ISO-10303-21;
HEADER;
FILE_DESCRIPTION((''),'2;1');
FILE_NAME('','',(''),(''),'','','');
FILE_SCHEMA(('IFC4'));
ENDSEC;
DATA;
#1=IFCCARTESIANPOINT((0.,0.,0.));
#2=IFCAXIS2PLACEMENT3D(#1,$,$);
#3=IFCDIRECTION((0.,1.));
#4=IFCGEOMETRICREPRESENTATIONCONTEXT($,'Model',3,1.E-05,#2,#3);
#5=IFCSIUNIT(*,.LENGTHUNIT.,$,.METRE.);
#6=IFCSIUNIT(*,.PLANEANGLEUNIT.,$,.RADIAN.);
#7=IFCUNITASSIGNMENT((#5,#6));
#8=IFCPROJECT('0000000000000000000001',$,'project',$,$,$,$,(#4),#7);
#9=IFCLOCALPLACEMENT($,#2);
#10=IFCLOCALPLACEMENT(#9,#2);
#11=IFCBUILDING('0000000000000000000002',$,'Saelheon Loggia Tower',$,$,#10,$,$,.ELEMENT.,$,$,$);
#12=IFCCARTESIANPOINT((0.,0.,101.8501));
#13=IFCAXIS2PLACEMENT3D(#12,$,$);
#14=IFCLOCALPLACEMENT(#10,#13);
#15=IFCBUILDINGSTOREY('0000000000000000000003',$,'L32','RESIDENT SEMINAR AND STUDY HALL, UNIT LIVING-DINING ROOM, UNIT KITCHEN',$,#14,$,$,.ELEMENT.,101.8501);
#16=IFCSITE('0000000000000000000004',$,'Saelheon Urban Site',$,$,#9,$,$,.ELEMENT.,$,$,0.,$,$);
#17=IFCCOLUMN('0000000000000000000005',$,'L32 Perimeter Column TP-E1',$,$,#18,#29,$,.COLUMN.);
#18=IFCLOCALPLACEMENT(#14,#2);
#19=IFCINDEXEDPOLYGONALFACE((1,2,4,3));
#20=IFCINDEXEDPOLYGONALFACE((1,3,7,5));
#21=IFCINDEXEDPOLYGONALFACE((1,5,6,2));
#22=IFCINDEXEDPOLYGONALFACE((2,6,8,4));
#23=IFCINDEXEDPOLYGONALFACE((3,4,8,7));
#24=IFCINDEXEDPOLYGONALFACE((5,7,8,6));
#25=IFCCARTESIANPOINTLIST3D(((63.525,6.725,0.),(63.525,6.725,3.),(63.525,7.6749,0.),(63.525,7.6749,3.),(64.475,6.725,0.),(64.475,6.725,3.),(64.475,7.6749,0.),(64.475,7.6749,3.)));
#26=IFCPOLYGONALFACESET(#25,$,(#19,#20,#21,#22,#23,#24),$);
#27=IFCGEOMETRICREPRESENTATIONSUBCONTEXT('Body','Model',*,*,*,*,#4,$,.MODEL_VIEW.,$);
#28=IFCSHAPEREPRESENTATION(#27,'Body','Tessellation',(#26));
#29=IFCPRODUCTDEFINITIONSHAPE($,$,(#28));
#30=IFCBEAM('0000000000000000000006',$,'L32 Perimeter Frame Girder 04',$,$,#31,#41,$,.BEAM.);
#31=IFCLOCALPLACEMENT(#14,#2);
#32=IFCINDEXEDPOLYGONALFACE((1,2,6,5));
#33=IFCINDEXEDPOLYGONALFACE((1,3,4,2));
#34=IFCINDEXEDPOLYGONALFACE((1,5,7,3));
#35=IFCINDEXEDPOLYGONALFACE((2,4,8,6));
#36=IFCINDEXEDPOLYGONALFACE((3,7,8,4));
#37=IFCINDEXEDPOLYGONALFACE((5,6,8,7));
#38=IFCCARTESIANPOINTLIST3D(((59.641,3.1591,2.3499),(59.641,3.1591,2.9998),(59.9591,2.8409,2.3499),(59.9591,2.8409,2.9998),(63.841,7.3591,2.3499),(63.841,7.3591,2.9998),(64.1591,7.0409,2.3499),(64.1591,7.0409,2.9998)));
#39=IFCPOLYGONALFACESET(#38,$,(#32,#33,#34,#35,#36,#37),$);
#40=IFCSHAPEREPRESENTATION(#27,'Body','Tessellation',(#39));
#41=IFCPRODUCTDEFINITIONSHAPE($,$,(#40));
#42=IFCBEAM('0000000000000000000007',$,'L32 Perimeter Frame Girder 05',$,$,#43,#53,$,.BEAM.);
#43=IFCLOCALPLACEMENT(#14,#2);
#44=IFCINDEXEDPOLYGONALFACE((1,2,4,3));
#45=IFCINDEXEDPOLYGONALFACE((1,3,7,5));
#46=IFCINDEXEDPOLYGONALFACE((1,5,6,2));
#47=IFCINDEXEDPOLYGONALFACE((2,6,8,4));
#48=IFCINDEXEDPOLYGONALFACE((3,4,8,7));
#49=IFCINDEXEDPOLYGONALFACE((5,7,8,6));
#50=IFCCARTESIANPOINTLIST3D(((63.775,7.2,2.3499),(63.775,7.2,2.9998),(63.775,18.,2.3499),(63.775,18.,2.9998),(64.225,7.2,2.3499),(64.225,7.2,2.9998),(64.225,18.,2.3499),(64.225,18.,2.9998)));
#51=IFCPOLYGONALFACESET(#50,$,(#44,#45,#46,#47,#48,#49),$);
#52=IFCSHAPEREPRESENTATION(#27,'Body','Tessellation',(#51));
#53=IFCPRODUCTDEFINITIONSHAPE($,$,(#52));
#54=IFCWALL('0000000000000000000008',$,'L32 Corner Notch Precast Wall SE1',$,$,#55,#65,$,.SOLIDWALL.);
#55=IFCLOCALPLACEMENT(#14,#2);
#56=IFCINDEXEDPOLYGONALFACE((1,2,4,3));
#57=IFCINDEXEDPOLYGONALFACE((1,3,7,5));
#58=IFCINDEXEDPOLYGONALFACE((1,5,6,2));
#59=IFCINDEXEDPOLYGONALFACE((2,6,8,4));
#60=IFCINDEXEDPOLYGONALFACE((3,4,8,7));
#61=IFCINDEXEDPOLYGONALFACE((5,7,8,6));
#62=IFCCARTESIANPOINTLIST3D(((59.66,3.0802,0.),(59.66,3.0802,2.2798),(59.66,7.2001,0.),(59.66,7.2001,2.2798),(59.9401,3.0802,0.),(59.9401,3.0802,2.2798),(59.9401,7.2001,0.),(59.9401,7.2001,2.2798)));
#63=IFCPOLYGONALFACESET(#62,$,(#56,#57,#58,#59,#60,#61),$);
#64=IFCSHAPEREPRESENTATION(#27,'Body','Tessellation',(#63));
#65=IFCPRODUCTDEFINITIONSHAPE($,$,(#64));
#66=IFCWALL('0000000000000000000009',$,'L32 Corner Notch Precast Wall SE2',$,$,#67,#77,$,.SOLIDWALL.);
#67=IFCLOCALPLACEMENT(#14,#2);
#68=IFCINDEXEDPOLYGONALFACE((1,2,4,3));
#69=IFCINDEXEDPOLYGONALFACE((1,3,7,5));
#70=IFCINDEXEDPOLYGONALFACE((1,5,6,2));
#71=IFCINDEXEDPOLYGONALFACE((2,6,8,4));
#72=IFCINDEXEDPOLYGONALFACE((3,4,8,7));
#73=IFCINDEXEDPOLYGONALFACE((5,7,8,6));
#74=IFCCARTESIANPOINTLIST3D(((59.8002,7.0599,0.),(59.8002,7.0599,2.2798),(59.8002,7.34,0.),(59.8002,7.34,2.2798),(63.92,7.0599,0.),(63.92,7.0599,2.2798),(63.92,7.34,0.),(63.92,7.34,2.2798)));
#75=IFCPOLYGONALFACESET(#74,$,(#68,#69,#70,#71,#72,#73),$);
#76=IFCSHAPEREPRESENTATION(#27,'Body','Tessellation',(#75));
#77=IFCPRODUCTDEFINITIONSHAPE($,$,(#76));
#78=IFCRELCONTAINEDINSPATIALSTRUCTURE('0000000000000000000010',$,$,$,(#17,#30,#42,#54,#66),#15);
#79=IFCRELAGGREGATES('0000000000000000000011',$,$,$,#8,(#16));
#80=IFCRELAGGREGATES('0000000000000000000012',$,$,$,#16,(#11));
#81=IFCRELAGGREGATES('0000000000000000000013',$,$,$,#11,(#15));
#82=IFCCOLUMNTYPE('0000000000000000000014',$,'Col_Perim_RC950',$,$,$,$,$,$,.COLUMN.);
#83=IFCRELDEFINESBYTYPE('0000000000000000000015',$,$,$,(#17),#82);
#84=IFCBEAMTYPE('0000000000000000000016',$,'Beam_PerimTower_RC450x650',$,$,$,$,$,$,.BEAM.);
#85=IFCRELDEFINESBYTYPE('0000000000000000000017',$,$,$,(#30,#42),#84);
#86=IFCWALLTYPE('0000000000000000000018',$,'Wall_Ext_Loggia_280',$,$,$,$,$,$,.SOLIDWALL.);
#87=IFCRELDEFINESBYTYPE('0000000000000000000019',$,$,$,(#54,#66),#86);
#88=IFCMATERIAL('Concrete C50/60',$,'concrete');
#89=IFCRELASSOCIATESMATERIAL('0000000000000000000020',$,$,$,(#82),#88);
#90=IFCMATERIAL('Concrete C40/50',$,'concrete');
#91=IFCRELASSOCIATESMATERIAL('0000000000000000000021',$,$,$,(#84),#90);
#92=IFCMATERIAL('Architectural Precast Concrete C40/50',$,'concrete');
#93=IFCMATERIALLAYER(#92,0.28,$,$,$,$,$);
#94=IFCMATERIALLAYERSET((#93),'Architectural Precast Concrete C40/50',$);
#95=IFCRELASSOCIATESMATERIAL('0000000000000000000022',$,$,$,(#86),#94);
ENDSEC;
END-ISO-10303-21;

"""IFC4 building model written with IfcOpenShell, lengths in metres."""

from ifc_helpers import new_model, si_unit, direction, frame, frame_2d, origin, origin_2d, place, context, subcontext, project, spatial, rectangle, extrude, source, transform, mapped, material, layer, layer_set, material_profile, profile_set, type_object, element, save


model = new_model("IFC4")

# Units and contexts
model_context = context("Model", 3, precision=1e-05, world=origin(), true_north=direction((0.0, 1.0)))
body_context = subcontext(model_context, "Body", "Model", "MODEL_VIEW")
ifc_project = project(units=[si_unit("LENGTHUNIT", "METRE"), si_unit("PLANEANGLEUNIT", "RADIAN")], contexts=[model_context])

# Site, building, storey
site_placement = place(None, origin())
site = spatial("IfcSite", under=ifc_project, at=site_placement, Name="Saelheon Urban Site", CompositionType="ELEMENT", RefElevation=0.0)
building_placement = place(site_placement, origin())
building = spatial("IfcBuilding", under=site, at=building_placement, Name="Saelheon Loggia Tower", CompositionType="ELEMENT")
storey_placement = place(building_placement, frame((0.0, 0.0, 101.8501)))
storey = spatial("IfcBuildingStorey", under=building, at=storey_placement, Name="L32", Description="RESIDENT SEMINAR AND STUDY HALL, UNIT LIVING-DINING ROOM, UNIT KITCHEN", CompositionType="ELEMENT", Elevation=101.8501)

# Column
ifc_material_1 = material(Name="Concrete C50/60", Category="concrete")
ifc_material_profile_1 = material_profile(ifc_material_1, rectangle(XDim=0.95, YDim=0.95, at=origin_2d()), Name="RC-950x950")
ifc_profile_set_1 = profile_set([ifc_material_profile_1], Name="Concrete C50/60")
column_type = type_object("IfcColumnType", Name="Col_Perim_RC950", PredefinedType="COLUMN", material=ifc_profile_set_1)
shared_shape_1 = source(origin(), body_context, "Body", "SweptSolid", [
    extrude(rectangle(XDim=0.95, YDim=0.95, at=origin_2d()), origin(), (0.0, 0.0, 1.0), 3.0),
])
column_placement = place(storey_placement, frame((64.0, 7.2, 0.0), z_axis=(0.0, 0.0, 1.0), x_axis=(1.0, 0.0, 0.0)))
element("IfcColumn", 1, at=column_placement, inside=storey, type_object=column_type, Name="L32 Perimeter Column TP-E1", PredefinedType="COLUMN", context=body_context, shape_type="MappedRepresentation", body=[
    mapped(shared_shape_1, transform((0.0, 0.0, 0.0), scale=1.0)),
])

# Beams
ifc_material_2 = material(Name="Concrete C40/50", Category="concrete")
ifc_material_profile_2 = material_profile(ifc_material_2, rectangle(XDim=0.45, YDim=0.6499, at=origin_2d()), Name="RC-450x650")
ifc_profile_set_2 = profile_set([ifc_material_profile_2], Name="Concrete C40/50")
beam_type = type_object("IfcBeamType", Name="Beam_PerimTower_RC450x650", PredefinedType="BEAM", material=ifc_profile_set_2)
shared_shape_2 = source(origin(), body_context, "Body", "SweptSolid", [
    extrude(rectangle(XDim=0.45, YDim=0.6499, at=origin_2d()), origin(), (0.0, 0.0, 1.0), 5.9397),
])
beam_1_placement = place(storey_placement, frame((59.8, 3.0, 2.6748), z_axis=(0.707107, 0.707107, 0.0), x_axis=(-0.707107, 0.707107, 0.0)))
element("IfcBeam", 2, at=beam_1_placement, inside=storey, type_object=beam_type, Name="L32 Perimeter Frame Girder 04", PredefinedType="BEAM", context=body_context, shape_type="MappedRepresentation", body=[
    mapped(shared_shape_2, transform((0.0, 0.0, 0.0), scale=1.0)),
])
shared_shape_3 = source(origin(), body_context, "Body", "SweptSolid", [
    extrude(rectangle(XDim=0.45, YDim=0.6499, at=origin_2d()), origin(), (0.0, 0.0, 1.0), 10.8),
])
beam_2_placement = place(storey_placement, frame((64.0, 7.2, 2.6748), z_axis=(0.0, 1.0, 0.0), x_axis=(-1.0, 0.0, 0.0)))
element("IfcBeam", 3, at=beam_2_placement, inside=storey, type_object=beam_type, Name="L32 Perimeter Frame Girder 05", PredefinedType="BEAM", context=body_context, shape_type="MappedRepresentation", body=[
    mapped(shared_shape_3, transform((0.0, 0.0, 0.0), scale=1.0)),
])

# Shared definitions
ifc_material_3 = material(Name="Architectural Precast Concrete C40/50", Category="concrete")
ifc_layer = layer(ifc_material_3, 0.28)
ifc_layer_set = layer_set([ifc_layer], Name="Architectural Precast Concrete C40/50")
wall_type = type_object("IfcWallType", Name="Wall_Ext_Loggia_280", PredefinedType="SOLIDWALL", material=ifc_layer_set)

# Walls
for number, where, z_axis, x_axis, name in (
    (4, (59.8, 3.0801, 0.0), (0.0, 0.0, 1.0), (0.0, 1.0, 0.0), "L32 Corner Notch Precast Wall SE1"),
    (5, (59.8, 7.2, 0.0), (0.0, 0.0, 1.0), (1.0, 0.0, 0.0), "L32 Corner Notch Precast Wall SE2"),
):
    element("IfcWall", number, at=place(storey_placement, frame(where, z_axis=z_axis, x_axis=x_axis)), inside=storey, type_object=wall_type, Name=name, PredefinedType="SOLIDWALL", context=body_context, shape_type="SweptSolid", body=[
        extrude(rectangle(XDim=4.1199, YDim=0.28, at=frame_2d((2.0601, 0.0))), origin(), (0.0, 0.0, 1.0), 2.2798),
    ])

save(model, "model.ifc")
